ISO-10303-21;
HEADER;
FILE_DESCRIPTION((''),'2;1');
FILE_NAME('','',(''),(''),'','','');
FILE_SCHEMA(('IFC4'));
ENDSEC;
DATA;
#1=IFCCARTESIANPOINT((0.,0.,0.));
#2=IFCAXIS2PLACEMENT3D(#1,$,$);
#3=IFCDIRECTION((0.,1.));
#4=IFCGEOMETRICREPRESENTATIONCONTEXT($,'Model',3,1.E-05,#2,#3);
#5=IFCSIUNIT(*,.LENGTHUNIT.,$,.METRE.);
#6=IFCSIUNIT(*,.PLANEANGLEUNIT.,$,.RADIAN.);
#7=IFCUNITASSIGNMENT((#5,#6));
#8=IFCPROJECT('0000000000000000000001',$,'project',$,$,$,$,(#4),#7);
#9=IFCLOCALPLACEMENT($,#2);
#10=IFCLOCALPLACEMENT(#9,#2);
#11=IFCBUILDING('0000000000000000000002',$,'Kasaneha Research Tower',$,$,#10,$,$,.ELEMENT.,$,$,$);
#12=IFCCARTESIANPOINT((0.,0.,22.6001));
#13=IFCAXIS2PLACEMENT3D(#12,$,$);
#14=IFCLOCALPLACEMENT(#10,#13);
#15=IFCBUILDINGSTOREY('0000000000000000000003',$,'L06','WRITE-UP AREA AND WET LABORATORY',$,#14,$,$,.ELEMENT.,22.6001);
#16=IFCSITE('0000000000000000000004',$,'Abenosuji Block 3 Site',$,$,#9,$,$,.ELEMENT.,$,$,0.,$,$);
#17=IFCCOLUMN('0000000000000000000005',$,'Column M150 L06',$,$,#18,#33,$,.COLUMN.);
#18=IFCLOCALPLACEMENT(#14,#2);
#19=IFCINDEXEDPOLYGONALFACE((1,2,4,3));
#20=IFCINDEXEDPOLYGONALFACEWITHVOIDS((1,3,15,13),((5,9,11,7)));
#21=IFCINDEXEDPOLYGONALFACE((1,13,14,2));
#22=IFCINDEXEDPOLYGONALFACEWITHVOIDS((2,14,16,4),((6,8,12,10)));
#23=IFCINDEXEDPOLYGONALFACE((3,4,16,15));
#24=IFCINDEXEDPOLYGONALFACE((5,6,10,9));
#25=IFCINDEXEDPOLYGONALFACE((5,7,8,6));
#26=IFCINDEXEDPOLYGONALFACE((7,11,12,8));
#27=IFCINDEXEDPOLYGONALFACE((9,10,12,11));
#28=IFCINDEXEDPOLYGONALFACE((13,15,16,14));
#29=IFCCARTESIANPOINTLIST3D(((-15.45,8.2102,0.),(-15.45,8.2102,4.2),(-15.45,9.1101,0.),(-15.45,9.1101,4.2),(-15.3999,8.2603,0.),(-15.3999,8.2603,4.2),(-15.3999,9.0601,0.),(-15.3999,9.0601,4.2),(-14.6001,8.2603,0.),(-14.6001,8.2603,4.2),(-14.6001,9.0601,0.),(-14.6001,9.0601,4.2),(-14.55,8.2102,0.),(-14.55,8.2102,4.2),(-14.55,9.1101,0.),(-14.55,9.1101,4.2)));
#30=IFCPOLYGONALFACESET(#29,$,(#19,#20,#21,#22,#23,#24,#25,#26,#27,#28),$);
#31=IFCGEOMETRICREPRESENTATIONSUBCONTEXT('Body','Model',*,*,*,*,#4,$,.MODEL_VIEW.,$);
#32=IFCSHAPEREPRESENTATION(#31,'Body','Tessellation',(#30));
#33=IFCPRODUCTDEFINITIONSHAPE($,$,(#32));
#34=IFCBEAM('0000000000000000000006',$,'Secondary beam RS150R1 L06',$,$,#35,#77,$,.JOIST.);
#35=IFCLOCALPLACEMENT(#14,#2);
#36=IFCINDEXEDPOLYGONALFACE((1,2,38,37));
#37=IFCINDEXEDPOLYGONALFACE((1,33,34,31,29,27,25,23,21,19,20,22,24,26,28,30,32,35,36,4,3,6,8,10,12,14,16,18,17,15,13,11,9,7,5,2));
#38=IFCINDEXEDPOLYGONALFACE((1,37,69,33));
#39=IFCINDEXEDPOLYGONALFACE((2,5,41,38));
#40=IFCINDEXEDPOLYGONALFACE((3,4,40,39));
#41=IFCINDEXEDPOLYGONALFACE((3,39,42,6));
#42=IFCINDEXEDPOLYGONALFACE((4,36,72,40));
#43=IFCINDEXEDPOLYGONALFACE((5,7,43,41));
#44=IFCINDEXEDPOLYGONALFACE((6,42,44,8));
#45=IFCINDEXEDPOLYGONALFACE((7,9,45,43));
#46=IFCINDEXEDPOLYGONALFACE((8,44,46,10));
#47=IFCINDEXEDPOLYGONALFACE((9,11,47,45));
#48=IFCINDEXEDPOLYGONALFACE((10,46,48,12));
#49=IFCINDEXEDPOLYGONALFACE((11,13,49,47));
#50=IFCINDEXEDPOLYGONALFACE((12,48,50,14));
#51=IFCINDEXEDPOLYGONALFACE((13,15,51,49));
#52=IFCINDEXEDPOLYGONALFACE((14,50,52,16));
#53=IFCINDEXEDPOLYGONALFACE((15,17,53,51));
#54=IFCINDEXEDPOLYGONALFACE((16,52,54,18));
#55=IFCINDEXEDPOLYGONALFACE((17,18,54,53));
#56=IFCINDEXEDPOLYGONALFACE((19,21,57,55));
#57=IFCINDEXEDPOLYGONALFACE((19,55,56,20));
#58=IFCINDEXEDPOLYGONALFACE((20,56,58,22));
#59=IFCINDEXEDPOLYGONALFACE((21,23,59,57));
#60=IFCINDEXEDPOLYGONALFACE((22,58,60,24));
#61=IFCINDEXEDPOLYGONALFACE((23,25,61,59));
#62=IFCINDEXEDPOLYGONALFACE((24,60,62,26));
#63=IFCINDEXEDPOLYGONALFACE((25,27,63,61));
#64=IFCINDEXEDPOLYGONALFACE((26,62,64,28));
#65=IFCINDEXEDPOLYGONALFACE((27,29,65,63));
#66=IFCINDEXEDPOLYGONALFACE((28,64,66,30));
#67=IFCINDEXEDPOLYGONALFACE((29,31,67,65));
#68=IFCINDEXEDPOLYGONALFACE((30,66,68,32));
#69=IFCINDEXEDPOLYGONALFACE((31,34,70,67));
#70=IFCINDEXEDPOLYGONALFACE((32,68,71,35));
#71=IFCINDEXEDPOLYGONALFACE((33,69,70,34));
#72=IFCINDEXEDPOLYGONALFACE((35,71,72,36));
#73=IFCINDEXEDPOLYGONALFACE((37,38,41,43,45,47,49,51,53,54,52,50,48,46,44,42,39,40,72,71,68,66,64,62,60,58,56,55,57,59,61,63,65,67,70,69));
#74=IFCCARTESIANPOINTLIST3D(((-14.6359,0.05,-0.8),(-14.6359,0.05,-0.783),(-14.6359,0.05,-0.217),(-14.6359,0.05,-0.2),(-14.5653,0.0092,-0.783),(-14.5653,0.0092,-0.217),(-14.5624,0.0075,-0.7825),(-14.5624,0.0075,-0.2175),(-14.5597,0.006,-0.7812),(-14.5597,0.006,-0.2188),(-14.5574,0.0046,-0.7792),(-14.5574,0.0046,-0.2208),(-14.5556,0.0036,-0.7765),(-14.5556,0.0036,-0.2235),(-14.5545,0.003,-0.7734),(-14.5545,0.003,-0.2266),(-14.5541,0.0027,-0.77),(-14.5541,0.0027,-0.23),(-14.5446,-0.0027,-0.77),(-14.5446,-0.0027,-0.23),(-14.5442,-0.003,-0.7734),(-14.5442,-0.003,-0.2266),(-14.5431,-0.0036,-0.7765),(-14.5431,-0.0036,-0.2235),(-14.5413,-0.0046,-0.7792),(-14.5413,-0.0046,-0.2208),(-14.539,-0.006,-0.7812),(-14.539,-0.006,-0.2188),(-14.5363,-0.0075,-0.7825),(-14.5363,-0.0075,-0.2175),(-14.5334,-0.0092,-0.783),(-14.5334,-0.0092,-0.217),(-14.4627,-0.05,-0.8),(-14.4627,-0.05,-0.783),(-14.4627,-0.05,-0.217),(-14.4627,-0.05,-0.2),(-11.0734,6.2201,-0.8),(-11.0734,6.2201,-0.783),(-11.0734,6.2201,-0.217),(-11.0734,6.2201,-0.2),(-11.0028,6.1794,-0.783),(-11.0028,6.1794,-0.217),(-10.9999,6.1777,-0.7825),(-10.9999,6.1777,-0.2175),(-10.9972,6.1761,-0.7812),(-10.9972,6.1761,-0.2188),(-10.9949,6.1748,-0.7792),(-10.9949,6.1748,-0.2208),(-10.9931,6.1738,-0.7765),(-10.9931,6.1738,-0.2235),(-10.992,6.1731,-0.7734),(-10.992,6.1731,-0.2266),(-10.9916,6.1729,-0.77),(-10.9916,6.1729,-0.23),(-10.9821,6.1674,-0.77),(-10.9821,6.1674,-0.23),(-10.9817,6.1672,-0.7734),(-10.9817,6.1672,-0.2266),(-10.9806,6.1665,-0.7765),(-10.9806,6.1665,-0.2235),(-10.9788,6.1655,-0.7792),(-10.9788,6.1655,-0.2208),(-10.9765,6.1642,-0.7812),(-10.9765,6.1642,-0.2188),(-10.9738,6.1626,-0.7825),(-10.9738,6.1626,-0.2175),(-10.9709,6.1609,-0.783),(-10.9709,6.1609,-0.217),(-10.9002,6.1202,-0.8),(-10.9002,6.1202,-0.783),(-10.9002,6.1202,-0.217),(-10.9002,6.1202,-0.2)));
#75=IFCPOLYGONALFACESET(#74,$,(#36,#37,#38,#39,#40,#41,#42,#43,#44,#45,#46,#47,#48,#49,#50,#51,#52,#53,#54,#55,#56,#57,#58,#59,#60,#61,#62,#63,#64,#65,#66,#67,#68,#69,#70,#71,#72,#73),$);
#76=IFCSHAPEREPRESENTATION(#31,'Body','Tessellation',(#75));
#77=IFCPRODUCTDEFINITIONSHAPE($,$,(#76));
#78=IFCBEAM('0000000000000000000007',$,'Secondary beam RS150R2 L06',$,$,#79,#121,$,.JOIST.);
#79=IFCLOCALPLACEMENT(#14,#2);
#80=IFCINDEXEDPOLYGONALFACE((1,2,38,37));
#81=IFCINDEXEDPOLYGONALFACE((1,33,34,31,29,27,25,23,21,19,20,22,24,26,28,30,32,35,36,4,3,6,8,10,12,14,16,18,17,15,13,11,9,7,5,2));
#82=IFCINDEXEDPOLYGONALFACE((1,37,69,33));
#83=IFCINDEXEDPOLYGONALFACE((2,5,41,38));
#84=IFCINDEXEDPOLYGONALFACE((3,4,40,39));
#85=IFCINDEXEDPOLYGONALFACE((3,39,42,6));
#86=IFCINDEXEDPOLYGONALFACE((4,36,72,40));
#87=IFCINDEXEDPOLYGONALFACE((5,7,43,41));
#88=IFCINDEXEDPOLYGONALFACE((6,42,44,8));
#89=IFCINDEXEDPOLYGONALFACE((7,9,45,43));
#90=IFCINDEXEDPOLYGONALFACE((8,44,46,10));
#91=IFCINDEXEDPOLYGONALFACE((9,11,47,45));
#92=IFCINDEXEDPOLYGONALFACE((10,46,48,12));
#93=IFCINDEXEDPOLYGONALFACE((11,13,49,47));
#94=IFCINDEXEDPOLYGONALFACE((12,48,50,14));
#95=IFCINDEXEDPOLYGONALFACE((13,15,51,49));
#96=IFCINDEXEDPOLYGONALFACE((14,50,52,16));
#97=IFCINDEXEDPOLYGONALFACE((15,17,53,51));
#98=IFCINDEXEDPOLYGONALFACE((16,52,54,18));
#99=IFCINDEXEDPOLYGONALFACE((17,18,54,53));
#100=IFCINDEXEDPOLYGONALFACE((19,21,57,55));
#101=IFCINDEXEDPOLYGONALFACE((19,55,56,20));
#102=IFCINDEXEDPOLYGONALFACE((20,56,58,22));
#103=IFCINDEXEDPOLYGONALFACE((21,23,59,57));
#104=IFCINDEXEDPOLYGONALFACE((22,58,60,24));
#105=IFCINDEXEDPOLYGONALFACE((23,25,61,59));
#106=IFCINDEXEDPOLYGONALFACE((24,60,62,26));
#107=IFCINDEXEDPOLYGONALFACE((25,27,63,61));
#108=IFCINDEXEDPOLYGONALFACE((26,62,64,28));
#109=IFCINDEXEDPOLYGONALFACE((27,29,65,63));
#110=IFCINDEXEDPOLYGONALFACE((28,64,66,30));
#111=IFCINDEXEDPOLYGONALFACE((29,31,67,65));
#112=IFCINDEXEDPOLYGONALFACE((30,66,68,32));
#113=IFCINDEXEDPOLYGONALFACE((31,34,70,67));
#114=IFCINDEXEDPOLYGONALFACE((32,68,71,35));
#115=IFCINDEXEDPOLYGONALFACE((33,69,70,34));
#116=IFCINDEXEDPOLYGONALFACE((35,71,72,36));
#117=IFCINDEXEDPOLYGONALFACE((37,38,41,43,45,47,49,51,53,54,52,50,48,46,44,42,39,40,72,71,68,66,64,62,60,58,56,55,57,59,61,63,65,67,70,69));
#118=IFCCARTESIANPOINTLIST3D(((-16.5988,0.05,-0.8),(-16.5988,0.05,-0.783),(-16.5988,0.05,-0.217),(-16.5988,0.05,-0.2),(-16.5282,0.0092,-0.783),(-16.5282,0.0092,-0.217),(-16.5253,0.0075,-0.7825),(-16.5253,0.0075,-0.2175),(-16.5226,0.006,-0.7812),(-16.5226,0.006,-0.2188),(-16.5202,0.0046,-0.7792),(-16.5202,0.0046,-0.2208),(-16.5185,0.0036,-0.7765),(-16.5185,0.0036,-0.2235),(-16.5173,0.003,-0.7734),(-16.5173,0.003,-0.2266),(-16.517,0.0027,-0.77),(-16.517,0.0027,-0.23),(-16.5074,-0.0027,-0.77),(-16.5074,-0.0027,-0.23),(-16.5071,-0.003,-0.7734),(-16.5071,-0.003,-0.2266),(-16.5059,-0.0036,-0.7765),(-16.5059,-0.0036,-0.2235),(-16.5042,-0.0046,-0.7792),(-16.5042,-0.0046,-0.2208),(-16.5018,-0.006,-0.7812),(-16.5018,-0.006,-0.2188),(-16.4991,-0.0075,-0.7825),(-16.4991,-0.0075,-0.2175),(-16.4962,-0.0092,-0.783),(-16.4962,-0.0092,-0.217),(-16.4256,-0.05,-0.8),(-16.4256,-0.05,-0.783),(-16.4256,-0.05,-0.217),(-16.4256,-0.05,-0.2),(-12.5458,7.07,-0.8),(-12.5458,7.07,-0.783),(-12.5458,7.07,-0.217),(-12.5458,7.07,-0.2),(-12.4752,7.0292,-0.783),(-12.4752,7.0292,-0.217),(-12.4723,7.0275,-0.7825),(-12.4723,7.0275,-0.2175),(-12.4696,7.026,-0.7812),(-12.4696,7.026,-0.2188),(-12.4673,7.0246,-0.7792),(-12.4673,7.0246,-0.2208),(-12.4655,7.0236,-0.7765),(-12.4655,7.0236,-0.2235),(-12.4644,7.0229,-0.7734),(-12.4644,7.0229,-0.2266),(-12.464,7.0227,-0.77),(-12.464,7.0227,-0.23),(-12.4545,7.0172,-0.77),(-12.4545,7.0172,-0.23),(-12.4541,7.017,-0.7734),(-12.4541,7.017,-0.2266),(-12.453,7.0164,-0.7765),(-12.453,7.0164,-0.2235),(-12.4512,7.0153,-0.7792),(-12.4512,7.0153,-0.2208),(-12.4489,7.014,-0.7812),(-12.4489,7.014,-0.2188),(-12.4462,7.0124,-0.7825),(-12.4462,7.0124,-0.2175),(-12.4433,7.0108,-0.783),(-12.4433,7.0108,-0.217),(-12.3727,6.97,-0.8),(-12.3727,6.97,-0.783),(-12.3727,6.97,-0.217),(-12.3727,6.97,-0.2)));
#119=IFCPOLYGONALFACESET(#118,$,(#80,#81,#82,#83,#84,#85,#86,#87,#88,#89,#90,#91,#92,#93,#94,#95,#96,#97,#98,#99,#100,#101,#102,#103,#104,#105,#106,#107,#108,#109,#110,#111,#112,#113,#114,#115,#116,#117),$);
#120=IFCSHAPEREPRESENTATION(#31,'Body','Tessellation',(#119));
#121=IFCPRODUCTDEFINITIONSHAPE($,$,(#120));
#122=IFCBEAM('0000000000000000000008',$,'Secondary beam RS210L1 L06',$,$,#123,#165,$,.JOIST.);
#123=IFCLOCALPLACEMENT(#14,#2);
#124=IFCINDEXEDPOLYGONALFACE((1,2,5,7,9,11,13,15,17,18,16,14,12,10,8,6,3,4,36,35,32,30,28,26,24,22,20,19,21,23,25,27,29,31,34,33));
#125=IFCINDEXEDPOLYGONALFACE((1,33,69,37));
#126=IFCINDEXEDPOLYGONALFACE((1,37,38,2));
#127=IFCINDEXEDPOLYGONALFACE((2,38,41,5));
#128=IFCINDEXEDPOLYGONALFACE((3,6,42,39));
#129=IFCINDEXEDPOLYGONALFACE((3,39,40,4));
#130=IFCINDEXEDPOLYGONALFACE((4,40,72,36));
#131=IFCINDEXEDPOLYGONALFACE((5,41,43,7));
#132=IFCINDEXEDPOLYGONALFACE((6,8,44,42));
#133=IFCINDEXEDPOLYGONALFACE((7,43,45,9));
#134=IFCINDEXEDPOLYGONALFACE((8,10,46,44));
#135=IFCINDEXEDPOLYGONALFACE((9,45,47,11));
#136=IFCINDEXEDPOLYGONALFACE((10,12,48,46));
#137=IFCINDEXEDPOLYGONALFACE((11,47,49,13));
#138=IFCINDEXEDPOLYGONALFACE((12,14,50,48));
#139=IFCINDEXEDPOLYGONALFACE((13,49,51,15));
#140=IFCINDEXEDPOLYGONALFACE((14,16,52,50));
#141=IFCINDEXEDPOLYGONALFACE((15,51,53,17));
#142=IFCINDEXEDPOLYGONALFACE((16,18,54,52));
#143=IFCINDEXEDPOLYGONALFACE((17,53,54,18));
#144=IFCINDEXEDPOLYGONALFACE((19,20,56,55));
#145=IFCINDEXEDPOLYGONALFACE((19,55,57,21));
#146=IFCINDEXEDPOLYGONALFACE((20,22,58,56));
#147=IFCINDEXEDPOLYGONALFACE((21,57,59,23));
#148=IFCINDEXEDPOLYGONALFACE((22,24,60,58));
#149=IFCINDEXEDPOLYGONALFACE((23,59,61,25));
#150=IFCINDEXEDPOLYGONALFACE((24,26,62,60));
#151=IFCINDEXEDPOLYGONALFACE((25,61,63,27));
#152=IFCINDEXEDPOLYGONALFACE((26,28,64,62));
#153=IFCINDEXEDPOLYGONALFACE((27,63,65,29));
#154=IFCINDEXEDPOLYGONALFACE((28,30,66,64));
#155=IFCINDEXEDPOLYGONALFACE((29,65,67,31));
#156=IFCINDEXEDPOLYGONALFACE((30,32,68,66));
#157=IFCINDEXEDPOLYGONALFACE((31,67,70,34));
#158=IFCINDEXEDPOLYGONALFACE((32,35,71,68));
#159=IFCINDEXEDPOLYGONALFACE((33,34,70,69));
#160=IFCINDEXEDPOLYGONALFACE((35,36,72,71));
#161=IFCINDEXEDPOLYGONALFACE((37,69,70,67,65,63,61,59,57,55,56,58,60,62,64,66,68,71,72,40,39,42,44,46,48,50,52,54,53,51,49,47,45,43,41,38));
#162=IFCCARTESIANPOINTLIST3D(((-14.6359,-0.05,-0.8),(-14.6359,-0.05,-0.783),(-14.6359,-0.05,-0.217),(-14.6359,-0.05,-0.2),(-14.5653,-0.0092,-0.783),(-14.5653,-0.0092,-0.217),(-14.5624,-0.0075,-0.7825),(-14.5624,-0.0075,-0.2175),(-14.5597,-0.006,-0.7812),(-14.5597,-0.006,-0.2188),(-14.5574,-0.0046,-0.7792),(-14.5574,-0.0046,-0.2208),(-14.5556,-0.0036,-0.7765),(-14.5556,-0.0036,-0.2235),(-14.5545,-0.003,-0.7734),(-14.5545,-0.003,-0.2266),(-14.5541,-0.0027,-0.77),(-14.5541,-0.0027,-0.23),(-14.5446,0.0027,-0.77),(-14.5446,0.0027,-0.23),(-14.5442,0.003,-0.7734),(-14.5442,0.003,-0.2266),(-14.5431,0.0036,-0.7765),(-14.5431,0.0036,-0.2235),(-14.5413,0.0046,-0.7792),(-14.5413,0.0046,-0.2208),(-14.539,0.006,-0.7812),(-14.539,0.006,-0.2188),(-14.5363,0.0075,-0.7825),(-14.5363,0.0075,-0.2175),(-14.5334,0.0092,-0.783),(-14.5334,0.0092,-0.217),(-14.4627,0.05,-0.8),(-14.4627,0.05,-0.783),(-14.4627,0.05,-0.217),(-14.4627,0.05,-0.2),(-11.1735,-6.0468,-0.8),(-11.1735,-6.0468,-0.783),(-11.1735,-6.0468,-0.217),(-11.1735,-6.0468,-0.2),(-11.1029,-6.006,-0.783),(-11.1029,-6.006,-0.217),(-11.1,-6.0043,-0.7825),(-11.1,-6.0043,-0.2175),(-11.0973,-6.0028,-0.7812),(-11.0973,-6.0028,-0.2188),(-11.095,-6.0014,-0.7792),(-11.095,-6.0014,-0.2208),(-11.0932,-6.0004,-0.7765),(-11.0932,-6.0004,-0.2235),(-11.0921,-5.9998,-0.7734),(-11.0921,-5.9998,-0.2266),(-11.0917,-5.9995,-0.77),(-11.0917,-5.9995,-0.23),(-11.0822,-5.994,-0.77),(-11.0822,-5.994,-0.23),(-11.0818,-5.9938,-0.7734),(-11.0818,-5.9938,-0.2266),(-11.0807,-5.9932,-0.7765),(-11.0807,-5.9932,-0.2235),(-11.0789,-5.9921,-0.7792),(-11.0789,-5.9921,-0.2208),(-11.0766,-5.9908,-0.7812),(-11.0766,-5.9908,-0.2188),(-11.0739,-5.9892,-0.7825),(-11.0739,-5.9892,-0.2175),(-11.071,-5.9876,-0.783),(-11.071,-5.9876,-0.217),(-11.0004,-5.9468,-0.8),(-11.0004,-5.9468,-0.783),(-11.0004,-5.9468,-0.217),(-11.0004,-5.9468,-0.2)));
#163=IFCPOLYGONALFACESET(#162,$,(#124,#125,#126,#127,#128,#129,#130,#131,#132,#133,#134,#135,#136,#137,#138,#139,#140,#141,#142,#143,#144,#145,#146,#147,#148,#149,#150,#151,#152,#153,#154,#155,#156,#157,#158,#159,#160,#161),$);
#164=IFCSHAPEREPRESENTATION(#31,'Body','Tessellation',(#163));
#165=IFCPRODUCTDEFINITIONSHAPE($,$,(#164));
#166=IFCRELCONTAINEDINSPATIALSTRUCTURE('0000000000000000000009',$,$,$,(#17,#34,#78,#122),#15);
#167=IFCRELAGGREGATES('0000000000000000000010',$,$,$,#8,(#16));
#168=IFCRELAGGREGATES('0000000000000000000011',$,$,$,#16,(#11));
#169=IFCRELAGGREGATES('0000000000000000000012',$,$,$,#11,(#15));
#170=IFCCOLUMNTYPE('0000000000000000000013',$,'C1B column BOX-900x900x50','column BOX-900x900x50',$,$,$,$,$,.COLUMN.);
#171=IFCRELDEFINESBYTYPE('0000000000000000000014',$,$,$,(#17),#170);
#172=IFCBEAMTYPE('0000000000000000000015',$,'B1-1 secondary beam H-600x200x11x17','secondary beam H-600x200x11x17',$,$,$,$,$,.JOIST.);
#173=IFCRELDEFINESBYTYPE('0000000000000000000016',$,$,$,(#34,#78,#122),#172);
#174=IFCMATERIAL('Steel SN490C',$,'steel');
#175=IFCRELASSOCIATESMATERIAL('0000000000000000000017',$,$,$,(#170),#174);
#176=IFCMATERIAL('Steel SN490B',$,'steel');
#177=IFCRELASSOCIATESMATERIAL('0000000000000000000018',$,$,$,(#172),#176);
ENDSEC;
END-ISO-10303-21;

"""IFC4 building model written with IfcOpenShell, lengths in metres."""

from ifc_helpers import new_model, si_unit, direction, frame, origin, origin_2d, place, context, subcontext, project, spatial, hollow_rectangle, i_section, extrude, material, material_profile, profile_set, type_object, element, save


model = new_model("IFC4")

# Units and contexts
model_context = context("Model", 3, precision=1e-05, world=origin(), true_north=direction((0.0, 1.0)))
body_context = subcontext(model_context, "Body", "Model", "MODEL_VIEW")
ifc_project = project(units=[si_unit("LENGTHUNIT", "METRE"), si_unit("PLANEANGLEUNIT", "RADIAN")], contexts=[model_context])

# Site, building, storey
site_placement = place(None, origin())
site = spatial("IfcSite", under=ifc_project, at=site_placement, Name="Abenosuji Block 3 Site", CompositionType="ELEMENT", RefElevation=0.0)
building_placement = place(site_placement, origin())
building = spatial("IfcBuilding", under=site, at=building_placement, Name="Kasaneha Research Tower", CompositionType="ELEMENT")
storey_placement = place(building_placement, frame((0.0, 0.0, 22.6001)))
storey = spatial("IfcBuildingStorey", under=building, at=storey_placement, Name="L06", Description="WRITE-UP AREA AND WET LABORATORY", CompositionType="ELEMENT", Elevation=22.6001)

# Column
ifc_material_1 = material(Name="Steel SN490C", Category="steel")
ifc_material_profile_1 = material_profile(ifc_material_1, hollow_rectangle(XDim=0.8999, YDim=0.8999, WallThickness=0.05, at=origin_2d()), Name="BOX-900x900x50")
ifc_profile_set_1 = profile_set([ifc_material_profile_1], Name="Steel SN490C")
column_type = type_object("IfcColumnType", Name="C1B column BOX-900x900x50", Description="column BOX-900x900x50", PredefinedType="COLUMN", material=ifc_profile_set_1)
column_placement = place(storey_placement, frame((-15.0, 8.6602, 0.0), z_axis=(0.0, 0.0, 1.0), x_axis=(1.0, 0.0, 0.0)))
element("IfcColumn", 1, at=column_placement, inside=storey, type_object=column_type, Name="Column M150 L06", PredefinedType="COLUMN", context=body_context, shape_type="SweptSolid", body=[
    extrude(hollow_rectangle(XDim=0.8999, YDim=0.8999, WallThickness=0.05, at=origin_2d()), origin(), (0.0, 0.0, 1.0), 4.2),
])

# Beams
ifc_material_2 = material(Name="Steel SN490B", Category="steel")
ifc_material_profile_2 = material_profile(ifc_material_2, i_section(OverallWidth=0.2, OverallDepth=0.6001, WebThickness=0.011, FlangeThickness=0.0171, FilletRadius=0.0129, at=origin_2d()), Name="H-600x200x11x17")
ifc_profile_set_2 = profile_set([ifc_material_profile_2], Name="Steel SN490B")
beam_type_1 = type_object("IfcBeamType", Name="B1-1 secondary beam H-600x200x11x17", Description="secondary beam H-600x200x11x17", PredefinedType="JOIST", material=ifc_profile_set_2)
beam_1_placement = place(storey_placement, frame((-14.5493, 0.0, -0.5), z_axis=(0.500016, 0.866016, 0.0), x_axis=(-0.866016, 0.500016, 0.0)))
element("IfcBeam", 2, at=beam_1_placement, inside=storey, type_object=beam_type_1, Name="Secondary beam RS150R1 L06", PredefinedType="JOIST", context=body_context, shape_type="SweptSolid", body=[
    extrude(i_section(OverallWidth=0.2, OverallDepth=0.6001, WebThickness=0.011, FlangeThickness=0.0171, FilletRadius=0.0129, at=origin_2d()), origin(), (0.0, 0.0, 1.0), 7.1248),
])
beam_2_placement = place(storey_placement, frame((-16.5122, 0.0, -0.5), z_axis=(0.499997, 0.866027, 0.0), x_axis=(-0.866027, 0.499997, 0.0)))
element("IfcBeam", 3, at=beam_2_placement, inside=storey, type_object=beam_type_1, Name="Secondary beam RS150R2 L06", PredefinedType="JOIST", context=body_context, shape_type="SweptSolid", body=[
    extrude(i_section(OverallWidth=0.2, OverallDepth=0.6001, WebThickness=0.011, FlangeThickness=0.0171, FilletRadius=0.0129, at=origin_2d()), origin(), (0.0, 0.0, 1.0), 8.106),
])
beam_3_placement = place(storey_placement, frame((-14.5493, 0.0, -0.5), z_axis=(0.500014, -0.866017, 0.0), x_axis=(0.866017, 0.500014, 0.0)))
element("IfcBeam", 4, at=beam_3_placement, inside=storey, type_object=beam_type_1, Name="Secondary beam RS210L1 L06", PredefinedType="JOIST", context=body_context, shape_type="SweptSolid", body=[
    extrude(i_section(OverallWidth=0.2, OverallDepth=0.6001, WebThickness=0.011, FlangeThickness=0.0171, FilletRadius=0.0129, at=origin_2d()), origin(), (0.0, 0.0, 1.0), 6.9246),
])

save(model, "model.ifc")
